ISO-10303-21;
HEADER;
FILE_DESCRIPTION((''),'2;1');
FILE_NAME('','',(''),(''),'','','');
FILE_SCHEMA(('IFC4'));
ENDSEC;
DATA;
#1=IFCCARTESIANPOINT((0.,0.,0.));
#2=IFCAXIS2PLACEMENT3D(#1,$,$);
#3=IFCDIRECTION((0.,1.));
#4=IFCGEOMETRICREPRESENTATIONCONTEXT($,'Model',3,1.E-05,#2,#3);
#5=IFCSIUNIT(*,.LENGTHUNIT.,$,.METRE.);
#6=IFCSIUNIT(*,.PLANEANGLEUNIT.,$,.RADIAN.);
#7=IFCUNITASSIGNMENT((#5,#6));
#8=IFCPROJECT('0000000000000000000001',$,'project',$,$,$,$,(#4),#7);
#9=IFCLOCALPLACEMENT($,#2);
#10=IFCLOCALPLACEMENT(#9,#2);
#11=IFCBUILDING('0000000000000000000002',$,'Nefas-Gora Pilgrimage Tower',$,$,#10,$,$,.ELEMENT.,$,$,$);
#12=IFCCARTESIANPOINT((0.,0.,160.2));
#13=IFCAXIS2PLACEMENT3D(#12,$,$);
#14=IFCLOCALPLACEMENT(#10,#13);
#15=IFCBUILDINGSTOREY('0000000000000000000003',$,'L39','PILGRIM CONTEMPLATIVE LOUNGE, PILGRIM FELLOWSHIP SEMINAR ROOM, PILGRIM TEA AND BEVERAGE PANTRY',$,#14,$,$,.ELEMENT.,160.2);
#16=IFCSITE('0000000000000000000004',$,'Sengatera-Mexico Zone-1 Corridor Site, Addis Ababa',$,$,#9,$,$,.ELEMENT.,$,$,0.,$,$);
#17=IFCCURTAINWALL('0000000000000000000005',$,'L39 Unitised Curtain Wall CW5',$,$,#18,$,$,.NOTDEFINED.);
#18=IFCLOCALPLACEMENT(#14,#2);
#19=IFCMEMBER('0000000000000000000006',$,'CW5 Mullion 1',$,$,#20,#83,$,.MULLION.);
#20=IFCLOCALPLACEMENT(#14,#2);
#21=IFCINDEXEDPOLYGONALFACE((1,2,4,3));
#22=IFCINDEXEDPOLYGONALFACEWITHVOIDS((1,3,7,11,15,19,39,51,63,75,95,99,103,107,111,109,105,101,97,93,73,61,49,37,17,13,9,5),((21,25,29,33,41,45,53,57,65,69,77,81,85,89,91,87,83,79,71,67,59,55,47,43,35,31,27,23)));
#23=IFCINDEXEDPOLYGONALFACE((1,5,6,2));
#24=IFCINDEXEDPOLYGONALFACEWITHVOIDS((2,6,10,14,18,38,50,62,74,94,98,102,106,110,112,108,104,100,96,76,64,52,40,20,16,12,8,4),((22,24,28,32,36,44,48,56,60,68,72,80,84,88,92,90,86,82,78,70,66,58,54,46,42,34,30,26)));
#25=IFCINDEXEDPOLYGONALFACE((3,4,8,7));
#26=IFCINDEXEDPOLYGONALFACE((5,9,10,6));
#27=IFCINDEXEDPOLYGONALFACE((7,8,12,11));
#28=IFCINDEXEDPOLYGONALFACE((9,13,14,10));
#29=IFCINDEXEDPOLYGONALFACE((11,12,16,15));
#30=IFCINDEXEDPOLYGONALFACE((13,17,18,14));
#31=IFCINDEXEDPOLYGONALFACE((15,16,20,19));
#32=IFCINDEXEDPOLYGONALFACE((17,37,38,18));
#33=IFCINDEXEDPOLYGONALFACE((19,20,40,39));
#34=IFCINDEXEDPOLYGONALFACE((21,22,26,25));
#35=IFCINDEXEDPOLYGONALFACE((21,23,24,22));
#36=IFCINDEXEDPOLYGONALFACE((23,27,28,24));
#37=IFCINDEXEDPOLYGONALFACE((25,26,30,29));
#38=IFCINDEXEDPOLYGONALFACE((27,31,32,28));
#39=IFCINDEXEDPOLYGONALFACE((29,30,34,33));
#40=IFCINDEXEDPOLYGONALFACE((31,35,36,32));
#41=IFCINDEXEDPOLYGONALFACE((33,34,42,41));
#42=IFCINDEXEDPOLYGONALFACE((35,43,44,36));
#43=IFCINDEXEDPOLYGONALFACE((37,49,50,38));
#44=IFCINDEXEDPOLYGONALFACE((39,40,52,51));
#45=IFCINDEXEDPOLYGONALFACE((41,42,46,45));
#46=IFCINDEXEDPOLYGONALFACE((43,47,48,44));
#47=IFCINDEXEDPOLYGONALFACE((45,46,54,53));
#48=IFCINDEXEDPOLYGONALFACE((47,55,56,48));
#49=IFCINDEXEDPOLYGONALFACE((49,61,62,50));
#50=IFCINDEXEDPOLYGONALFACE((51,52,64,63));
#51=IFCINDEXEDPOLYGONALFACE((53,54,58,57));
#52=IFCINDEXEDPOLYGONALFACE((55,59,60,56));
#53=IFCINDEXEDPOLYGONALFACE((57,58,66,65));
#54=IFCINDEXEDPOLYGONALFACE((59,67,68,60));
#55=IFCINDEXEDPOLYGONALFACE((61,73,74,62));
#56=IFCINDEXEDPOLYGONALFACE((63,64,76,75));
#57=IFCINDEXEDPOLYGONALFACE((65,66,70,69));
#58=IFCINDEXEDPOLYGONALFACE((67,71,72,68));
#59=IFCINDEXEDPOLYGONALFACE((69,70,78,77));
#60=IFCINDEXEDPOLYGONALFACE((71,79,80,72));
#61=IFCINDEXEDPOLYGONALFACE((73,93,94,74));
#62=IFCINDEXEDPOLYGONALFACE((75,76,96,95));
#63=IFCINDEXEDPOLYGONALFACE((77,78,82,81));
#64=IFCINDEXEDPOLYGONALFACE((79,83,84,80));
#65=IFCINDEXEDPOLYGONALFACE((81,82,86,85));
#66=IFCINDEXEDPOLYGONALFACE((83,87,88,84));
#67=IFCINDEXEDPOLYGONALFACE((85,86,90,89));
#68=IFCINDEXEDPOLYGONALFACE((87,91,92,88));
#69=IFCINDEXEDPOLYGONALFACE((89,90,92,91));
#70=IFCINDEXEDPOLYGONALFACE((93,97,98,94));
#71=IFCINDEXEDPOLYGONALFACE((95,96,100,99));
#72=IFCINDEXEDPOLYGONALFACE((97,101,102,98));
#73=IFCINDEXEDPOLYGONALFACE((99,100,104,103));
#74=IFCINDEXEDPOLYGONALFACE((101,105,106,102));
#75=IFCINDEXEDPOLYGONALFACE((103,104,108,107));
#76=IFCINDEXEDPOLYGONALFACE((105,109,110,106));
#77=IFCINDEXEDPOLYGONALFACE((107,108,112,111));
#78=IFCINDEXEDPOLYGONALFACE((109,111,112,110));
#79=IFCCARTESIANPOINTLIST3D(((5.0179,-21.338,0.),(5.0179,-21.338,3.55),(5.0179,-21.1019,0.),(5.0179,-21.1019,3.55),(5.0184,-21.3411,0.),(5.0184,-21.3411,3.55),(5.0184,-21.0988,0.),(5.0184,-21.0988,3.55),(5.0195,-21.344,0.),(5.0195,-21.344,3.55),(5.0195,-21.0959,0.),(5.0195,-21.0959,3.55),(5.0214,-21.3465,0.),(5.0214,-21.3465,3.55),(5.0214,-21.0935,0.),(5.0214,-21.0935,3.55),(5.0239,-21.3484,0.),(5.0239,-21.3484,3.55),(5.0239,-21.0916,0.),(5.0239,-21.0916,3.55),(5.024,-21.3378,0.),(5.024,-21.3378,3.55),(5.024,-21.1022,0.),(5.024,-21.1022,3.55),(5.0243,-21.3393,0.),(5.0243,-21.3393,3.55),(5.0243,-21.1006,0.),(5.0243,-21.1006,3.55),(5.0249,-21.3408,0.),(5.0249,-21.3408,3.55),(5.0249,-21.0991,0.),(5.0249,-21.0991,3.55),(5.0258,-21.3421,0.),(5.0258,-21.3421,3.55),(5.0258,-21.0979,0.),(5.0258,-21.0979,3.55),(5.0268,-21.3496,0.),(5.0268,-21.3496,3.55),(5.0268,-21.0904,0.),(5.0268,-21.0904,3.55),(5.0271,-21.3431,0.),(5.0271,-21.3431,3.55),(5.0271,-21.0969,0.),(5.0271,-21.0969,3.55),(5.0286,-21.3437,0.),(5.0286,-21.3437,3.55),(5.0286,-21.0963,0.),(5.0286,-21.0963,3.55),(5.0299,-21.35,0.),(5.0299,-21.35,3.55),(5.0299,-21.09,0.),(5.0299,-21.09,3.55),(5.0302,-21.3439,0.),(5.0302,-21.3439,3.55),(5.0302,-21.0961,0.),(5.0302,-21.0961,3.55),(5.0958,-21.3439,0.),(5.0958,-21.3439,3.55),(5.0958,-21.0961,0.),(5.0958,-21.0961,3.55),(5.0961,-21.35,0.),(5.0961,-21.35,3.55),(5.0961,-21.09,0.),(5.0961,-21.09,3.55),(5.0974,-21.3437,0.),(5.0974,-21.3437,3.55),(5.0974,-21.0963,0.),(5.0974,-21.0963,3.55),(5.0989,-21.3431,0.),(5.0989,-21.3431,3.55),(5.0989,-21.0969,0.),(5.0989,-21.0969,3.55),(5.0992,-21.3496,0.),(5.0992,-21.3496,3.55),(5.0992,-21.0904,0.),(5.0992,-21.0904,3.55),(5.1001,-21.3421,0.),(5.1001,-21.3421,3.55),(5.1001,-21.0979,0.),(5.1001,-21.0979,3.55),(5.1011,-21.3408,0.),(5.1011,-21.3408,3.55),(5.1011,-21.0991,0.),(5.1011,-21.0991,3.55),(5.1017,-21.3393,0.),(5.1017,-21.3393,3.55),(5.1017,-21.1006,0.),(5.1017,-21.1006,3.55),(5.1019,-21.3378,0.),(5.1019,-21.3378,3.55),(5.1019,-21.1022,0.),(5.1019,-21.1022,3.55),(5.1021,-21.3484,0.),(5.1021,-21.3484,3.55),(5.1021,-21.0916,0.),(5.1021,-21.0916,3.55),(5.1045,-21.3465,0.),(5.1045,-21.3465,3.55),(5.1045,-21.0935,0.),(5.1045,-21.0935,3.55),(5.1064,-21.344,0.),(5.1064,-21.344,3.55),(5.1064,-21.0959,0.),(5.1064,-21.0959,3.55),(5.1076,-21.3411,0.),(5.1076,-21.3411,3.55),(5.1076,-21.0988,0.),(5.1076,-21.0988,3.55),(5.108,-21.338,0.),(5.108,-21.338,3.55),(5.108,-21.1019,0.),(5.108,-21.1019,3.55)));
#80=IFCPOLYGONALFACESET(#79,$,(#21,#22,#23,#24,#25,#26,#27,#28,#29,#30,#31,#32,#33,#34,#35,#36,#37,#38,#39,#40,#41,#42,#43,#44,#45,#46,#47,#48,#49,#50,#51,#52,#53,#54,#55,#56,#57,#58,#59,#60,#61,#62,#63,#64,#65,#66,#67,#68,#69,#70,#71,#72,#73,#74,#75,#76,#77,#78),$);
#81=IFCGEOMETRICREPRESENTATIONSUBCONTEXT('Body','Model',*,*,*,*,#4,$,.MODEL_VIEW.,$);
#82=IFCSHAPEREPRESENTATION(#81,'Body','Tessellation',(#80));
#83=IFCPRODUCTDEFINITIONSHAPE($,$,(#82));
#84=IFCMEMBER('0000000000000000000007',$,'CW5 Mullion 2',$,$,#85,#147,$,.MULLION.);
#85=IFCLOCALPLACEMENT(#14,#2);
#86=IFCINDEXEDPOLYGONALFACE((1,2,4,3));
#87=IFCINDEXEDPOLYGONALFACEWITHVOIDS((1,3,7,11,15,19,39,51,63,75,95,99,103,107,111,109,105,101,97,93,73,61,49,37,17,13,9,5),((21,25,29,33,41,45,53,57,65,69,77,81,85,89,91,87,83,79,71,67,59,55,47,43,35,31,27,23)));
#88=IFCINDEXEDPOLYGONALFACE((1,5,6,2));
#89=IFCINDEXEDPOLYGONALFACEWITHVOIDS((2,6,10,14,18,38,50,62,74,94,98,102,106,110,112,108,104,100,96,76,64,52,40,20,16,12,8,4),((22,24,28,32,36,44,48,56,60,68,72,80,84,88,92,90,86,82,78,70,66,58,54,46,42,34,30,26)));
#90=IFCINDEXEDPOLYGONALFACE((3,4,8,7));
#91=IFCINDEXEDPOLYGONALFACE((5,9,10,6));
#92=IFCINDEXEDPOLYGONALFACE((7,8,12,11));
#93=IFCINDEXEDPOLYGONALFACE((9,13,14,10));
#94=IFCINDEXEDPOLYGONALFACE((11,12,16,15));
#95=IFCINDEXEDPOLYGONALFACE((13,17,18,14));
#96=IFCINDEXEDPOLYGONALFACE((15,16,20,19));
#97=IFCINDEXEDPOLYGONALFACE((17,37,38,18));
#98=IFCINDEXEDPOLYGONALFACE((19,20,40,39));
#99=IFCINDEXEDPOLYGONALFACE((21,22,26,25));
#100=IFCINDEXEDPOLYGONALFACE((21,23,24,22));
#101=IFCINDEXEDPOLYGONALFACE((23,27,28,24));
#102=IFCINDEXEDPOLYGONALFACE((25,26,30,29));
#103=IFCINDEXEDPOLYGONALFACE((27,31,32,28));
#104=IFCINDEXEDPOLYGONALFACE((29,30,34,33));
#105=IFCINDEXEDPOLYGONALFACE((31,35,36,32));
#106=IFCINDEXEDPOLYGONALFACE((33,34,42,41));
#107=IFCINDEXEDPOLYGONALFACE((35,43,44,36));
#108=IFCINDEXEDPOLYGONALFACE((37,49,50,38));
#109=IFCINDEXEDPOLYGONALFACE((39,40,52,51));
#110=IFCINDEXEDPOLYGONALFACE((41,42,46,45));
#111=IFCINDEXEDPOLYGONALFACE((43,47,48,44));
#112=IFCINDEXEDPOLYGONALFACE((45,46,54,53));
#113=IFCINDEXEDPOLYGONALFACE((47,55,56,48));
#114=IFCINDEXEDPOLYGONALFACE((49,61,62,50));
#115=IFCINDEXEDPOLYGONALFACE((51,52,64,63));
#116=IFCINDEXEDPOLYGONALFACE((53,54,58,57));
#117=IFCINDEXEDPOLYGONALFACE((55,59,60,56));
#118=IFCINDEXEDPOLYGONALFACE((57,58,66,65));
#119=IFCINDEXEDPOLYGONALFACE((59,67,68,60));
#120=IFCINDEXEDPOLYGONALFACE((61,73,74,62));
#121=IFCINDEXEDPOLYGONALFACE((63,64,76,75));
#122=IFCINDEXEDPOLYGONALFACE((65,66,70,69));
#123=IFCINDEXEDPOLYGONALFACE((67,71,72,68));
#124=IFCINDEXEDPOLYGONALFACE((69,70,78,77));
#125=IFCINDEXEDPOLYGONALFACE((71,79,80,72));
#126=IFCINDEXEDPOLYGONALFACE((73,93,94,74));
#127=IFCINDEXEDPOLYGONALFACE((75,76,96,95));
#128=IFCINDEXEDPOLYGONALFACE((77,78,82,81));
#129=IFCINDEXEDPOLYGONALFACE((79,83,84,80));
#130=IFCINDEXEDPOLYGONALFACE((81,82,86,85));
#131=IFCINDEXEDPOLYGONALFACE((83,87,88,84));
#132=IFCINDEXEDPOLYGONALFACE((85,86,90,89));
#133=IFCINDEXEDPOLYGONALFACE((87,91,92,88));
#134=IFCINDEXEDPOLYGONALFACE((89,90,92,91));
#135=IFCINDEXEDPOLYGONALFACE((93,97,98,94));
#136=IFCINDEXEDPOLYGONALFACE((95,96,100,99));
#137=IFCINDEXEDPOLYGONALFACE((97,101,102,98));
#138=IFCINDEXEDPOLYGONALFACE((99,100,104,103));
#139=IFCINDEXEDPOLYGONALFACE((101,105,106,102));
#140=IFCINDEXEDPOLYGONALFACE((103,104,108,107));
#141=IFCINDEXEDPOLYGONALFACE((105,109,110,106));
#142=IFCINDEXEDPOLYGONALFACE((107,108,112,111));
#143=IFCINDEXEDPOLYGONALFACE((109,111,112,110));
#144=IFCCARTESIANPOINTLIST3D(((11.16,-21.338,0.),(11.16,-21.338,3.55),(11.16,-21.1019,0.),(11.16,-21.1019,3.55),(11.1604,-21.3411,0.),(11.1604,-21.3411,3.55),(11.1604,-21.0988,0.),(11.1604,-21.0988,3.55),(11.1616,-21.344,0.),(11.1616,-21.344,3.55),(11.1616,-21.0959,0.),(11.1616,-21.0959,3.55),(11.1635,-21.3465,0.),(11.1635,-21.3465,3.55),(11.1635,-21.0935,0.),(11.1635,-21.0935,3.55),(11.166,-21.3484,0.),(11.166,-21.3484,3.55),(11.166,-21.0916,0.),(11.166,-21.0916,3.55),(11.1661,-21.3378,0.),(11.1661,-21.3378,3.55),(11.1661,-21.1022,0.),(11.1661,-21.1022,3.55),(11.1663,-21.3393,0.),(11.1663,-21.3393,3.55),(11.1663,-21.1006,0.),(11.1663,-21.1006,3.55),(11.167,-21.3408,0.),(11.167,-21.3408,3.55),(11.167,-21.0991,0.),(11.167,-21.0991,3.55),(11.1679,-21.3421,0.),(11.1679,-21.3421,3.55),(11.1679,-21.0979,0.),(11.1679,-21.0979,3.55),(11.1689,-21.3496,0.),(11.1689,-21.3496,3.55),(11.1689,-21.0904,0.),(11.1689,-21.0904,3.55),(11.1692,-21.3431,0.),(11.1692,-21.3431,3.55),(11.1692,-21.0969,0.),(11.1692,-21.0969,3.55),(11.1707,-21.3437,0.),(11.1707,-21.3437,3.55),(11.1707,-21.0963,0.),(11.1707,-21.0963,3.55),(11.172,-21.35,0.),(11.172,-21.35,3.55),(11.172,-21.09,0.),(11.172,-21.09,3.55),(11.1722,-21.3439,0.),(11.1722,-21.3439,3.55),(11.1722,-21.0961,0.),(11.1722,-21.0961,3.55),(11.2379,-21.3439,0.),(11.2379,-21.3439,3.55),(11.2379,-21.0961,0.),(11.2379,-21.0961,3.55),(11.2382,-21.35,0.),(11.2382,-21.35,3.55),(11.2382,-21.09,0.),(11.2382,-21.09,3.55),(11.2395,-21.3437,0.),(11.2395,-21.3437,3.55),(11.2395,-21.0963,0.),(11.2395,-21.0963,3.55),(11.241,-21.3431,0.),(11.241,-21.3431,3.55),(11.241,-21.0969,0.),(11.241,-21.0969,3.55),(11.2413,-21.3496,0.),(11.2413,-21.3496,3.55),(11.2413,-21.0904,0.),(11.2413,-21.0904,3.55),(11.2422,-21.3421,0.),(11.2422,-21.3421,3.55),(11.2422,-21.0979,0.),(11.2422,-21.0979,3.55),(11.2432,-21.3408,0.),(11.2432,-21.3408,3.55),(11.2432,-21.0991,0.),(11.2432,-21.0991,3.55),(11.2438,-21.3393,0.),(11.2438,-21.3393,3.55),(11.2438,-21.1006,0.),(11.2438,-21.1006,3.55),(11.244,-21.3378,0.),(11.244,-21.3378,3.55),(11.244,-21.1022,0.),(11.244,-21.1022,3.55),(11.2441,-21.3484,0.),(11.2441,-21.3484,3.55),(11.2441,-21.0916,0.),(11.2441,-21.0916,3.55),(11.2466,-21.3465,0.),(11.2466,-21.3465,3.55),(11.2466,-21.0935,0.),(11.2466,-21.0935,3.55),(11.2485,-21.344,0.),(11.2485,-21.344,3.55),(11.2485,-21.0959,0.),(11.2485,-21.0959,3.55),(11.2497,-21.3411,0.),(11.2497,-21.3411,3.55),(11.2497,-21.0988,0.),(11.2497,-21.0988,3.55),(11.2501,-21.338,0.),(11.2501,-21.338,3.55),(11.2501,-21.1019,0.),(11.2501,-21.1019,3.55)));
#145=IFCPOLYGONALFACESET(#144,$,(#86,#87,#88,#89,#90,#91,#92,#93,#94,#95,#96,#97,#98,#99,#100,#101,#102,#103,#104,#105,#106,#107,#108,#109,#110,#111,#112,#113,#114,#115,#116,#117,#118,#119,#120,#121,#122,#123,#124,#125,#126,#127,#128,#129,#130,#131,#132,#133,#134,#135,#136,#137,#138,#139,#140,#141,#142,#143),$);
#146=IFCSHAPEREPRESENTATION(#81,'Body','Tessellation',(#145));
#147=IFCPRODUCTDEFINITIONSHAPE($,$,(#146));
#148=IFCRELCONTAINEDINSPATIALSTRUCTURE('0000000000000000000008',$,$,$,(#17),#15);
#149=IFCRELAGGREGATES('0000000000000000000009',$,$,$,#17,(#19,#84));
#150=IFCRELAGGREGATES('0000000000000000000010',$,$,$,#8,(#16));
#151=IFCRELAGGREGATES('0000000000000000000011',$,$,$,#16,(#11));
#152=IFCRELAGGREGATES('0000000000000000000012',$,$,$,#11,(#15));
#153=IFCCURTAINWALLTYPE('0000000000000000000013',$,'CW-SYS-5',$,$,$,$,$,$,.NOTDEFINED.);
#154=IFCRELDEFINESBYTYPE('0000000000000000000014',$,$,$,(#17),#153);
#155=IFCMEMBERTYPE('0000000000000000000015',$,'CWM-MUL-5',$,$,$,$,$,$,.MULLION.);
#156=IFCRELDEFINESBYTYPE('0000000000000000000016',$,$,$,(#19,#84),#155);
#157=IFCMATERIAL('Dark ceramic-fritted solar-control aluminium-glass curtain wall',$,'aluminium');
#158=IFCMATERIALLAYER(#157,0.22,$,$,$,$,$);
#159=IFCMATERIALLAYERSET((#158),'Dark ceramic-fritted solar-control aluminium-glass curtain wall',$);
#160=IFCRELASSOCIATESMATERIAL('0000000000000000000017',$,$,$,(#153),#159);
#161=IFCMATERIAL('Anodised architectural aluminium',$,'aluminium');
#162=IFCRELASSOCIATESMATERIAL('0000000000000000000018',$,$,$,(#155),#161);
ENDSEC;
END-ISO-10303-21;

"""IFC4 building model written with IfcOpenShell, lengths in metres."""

from ifc_helpers import new_model, si_unit, direction, frame, origin, origin_2d, place, context, subcontext, project, spatial, hollow_rectangle, extrude, source, transform, mapped, material, layer, layer_set, material_profile, profile_set, type_object, element, aggregate, save


model = new_model("IFC4")

# Units and contexts
model_context = context("Model", 3, precision=1e-05, world=origin(), true_north=direction((0.0, 1.0)))
body_context = subcontext(model_context, "Body", "Model", "MODEL_VIEW")
ifc_project = project(units=[si_unit("LENGTHUNIT", "METRE"), si_unit("PLANEANGLEUNIT", "RADIAN")], contexts=[model_context])

# Site, building, storey
site_placement = place(None, origin())
site = spatial("IfcSite", under=ifc_project, at=site_placement, Name="Sengatera-Mexico Zone-1 Corridor Site, Addis Ababa", CompositionType="ELEMENT", RefElevation=0.0)
building_placement = place(site_placement, origin())
building = spatial("IfcBuilding", under=site, at=building_placement, Name="Nefas-Gora Pilgrimage Tower", CompositionType="ELEMENT")
storey_placement = place(building_placement, frame((0.0, 0.0, 160.2)))
storey = spatial("IfcBuildingStorey", under=building, at=storey_placement, Name="L39", Description="PILGRIM CONTEMPLATIVE LOUNGE, PILGRIM FELLOWSHIP SEMINAR ROOM, PILGRIM TEA AND BEVERAGE PANTRY", CompositionType="ELEMENT", Elevation=160.2)

# Curtain wall, members
ifc_material_1 = material(Name="Dark ceramic-fritted solar-control aluminium-glass curtain wall", Category="aluminium")
ifc_layer_1 = layer(ifc_material_1, 0.22)
ifc_layer_set_1 = layer_set([ifc_layer_1], Name="Dark ceramic-fritted solar-control aluminium-glass curtain wall")
curtain_wall_type = type_object("IfcCurtainWallType", Name="CW-SYS-5", PredefinedType="NOTDEFINED", material=ifc_layer_set_1)
curtain_wall_1_placement = place(storey_placement, origin())
curtain_wall_1 = element("IfcCurtainWall", 1, at=curtain_wall_1_placement, inside=storey, type_object=curtain_wall_type, Name="L39 Unitised Curtain Wall CW5", PredefinedType="NOTDEFINED")
ifc_material_2 = material(Name="Anodised architectural aluminium", Category="aluminium")
ifc_material_profile_1 = material_profile(ifc_material_2, hollow_rectangle(XDim=0.0901, YDim=0.26, WallThickness=0.0061, InnerFilletRadius=0.0061, OuterFilletRadius=0.012, at=origin_2d()), Name="ALU MULLION 90x260")
ifc_profile_set_1 = profile_set([ifc_material_profile_1], Name="Anodised architectural aluminium")
member_type_1 = type_object("IfcMemberType", Name="CWM-MUL-5", PredefinedType="MULLION", material=ifc_profile_set_1)
shared_shape_1 = source(origin(), body_context, "Body", "SweptSolid", [
    extrude(hollow_rectangle(XDim=0.0901, YDim=0.26, WallThickness=0.0061, InnerFilletRadius=0.0061, OuterFilletRadius=0.012, at=origin_2d()), origin(), (0.0, 0.0, 1.0), 3.55),
])
member_1_placement = place(storey_placement, frame((5.063, -21.22, 0.0), z_axis=(0.0, 0.0, 1.0), x_axis=(1.0, 0.0, 0.0)))
member_1 = element("IfcMember", 2, at=member_1_placement, type_object=member_type_1, Name="CW5 Mullion 1", PredefinedType="MULLION", context=body_context, shape_type="MappedRepresentation", body=[
    mapped(shared_shape_1, transform((0.0, 0.0, 0.0), x_axis=(1.0, 0.0, 0.0), y_axis=(0.0, 1.0, 0.0), z_axis=(0.0, 0.0, 1.0), scale=1.0)),
])
member_2_placement = place(storey_placement, frame((11.2051, -21.22, 0.0), z_axis=(0.0, 0.0, 1.0), x_axis=(1.0, 0.0, 0.0)))
member_2 = element("IfcMember", 3, at=member_2_placement, type_object=member_type_1, Name="CW5 Mullion 2", PredefinedType="MULLION", context=body_context, shape_type="MappedRepresentation", body=[
    mapped(shared_shape_1, transform((0.0, 0.0, 0.0), x_axis=(1.0, 0.0, 0.0), y_axis=(0.0, 1.0, 0.0), z_axis=(0.0, 0.0, 1.0), scale=1.0)),
])

aggregate(curtain_wall_1, [member_1, member_2])

save(model, "model.ifc")
